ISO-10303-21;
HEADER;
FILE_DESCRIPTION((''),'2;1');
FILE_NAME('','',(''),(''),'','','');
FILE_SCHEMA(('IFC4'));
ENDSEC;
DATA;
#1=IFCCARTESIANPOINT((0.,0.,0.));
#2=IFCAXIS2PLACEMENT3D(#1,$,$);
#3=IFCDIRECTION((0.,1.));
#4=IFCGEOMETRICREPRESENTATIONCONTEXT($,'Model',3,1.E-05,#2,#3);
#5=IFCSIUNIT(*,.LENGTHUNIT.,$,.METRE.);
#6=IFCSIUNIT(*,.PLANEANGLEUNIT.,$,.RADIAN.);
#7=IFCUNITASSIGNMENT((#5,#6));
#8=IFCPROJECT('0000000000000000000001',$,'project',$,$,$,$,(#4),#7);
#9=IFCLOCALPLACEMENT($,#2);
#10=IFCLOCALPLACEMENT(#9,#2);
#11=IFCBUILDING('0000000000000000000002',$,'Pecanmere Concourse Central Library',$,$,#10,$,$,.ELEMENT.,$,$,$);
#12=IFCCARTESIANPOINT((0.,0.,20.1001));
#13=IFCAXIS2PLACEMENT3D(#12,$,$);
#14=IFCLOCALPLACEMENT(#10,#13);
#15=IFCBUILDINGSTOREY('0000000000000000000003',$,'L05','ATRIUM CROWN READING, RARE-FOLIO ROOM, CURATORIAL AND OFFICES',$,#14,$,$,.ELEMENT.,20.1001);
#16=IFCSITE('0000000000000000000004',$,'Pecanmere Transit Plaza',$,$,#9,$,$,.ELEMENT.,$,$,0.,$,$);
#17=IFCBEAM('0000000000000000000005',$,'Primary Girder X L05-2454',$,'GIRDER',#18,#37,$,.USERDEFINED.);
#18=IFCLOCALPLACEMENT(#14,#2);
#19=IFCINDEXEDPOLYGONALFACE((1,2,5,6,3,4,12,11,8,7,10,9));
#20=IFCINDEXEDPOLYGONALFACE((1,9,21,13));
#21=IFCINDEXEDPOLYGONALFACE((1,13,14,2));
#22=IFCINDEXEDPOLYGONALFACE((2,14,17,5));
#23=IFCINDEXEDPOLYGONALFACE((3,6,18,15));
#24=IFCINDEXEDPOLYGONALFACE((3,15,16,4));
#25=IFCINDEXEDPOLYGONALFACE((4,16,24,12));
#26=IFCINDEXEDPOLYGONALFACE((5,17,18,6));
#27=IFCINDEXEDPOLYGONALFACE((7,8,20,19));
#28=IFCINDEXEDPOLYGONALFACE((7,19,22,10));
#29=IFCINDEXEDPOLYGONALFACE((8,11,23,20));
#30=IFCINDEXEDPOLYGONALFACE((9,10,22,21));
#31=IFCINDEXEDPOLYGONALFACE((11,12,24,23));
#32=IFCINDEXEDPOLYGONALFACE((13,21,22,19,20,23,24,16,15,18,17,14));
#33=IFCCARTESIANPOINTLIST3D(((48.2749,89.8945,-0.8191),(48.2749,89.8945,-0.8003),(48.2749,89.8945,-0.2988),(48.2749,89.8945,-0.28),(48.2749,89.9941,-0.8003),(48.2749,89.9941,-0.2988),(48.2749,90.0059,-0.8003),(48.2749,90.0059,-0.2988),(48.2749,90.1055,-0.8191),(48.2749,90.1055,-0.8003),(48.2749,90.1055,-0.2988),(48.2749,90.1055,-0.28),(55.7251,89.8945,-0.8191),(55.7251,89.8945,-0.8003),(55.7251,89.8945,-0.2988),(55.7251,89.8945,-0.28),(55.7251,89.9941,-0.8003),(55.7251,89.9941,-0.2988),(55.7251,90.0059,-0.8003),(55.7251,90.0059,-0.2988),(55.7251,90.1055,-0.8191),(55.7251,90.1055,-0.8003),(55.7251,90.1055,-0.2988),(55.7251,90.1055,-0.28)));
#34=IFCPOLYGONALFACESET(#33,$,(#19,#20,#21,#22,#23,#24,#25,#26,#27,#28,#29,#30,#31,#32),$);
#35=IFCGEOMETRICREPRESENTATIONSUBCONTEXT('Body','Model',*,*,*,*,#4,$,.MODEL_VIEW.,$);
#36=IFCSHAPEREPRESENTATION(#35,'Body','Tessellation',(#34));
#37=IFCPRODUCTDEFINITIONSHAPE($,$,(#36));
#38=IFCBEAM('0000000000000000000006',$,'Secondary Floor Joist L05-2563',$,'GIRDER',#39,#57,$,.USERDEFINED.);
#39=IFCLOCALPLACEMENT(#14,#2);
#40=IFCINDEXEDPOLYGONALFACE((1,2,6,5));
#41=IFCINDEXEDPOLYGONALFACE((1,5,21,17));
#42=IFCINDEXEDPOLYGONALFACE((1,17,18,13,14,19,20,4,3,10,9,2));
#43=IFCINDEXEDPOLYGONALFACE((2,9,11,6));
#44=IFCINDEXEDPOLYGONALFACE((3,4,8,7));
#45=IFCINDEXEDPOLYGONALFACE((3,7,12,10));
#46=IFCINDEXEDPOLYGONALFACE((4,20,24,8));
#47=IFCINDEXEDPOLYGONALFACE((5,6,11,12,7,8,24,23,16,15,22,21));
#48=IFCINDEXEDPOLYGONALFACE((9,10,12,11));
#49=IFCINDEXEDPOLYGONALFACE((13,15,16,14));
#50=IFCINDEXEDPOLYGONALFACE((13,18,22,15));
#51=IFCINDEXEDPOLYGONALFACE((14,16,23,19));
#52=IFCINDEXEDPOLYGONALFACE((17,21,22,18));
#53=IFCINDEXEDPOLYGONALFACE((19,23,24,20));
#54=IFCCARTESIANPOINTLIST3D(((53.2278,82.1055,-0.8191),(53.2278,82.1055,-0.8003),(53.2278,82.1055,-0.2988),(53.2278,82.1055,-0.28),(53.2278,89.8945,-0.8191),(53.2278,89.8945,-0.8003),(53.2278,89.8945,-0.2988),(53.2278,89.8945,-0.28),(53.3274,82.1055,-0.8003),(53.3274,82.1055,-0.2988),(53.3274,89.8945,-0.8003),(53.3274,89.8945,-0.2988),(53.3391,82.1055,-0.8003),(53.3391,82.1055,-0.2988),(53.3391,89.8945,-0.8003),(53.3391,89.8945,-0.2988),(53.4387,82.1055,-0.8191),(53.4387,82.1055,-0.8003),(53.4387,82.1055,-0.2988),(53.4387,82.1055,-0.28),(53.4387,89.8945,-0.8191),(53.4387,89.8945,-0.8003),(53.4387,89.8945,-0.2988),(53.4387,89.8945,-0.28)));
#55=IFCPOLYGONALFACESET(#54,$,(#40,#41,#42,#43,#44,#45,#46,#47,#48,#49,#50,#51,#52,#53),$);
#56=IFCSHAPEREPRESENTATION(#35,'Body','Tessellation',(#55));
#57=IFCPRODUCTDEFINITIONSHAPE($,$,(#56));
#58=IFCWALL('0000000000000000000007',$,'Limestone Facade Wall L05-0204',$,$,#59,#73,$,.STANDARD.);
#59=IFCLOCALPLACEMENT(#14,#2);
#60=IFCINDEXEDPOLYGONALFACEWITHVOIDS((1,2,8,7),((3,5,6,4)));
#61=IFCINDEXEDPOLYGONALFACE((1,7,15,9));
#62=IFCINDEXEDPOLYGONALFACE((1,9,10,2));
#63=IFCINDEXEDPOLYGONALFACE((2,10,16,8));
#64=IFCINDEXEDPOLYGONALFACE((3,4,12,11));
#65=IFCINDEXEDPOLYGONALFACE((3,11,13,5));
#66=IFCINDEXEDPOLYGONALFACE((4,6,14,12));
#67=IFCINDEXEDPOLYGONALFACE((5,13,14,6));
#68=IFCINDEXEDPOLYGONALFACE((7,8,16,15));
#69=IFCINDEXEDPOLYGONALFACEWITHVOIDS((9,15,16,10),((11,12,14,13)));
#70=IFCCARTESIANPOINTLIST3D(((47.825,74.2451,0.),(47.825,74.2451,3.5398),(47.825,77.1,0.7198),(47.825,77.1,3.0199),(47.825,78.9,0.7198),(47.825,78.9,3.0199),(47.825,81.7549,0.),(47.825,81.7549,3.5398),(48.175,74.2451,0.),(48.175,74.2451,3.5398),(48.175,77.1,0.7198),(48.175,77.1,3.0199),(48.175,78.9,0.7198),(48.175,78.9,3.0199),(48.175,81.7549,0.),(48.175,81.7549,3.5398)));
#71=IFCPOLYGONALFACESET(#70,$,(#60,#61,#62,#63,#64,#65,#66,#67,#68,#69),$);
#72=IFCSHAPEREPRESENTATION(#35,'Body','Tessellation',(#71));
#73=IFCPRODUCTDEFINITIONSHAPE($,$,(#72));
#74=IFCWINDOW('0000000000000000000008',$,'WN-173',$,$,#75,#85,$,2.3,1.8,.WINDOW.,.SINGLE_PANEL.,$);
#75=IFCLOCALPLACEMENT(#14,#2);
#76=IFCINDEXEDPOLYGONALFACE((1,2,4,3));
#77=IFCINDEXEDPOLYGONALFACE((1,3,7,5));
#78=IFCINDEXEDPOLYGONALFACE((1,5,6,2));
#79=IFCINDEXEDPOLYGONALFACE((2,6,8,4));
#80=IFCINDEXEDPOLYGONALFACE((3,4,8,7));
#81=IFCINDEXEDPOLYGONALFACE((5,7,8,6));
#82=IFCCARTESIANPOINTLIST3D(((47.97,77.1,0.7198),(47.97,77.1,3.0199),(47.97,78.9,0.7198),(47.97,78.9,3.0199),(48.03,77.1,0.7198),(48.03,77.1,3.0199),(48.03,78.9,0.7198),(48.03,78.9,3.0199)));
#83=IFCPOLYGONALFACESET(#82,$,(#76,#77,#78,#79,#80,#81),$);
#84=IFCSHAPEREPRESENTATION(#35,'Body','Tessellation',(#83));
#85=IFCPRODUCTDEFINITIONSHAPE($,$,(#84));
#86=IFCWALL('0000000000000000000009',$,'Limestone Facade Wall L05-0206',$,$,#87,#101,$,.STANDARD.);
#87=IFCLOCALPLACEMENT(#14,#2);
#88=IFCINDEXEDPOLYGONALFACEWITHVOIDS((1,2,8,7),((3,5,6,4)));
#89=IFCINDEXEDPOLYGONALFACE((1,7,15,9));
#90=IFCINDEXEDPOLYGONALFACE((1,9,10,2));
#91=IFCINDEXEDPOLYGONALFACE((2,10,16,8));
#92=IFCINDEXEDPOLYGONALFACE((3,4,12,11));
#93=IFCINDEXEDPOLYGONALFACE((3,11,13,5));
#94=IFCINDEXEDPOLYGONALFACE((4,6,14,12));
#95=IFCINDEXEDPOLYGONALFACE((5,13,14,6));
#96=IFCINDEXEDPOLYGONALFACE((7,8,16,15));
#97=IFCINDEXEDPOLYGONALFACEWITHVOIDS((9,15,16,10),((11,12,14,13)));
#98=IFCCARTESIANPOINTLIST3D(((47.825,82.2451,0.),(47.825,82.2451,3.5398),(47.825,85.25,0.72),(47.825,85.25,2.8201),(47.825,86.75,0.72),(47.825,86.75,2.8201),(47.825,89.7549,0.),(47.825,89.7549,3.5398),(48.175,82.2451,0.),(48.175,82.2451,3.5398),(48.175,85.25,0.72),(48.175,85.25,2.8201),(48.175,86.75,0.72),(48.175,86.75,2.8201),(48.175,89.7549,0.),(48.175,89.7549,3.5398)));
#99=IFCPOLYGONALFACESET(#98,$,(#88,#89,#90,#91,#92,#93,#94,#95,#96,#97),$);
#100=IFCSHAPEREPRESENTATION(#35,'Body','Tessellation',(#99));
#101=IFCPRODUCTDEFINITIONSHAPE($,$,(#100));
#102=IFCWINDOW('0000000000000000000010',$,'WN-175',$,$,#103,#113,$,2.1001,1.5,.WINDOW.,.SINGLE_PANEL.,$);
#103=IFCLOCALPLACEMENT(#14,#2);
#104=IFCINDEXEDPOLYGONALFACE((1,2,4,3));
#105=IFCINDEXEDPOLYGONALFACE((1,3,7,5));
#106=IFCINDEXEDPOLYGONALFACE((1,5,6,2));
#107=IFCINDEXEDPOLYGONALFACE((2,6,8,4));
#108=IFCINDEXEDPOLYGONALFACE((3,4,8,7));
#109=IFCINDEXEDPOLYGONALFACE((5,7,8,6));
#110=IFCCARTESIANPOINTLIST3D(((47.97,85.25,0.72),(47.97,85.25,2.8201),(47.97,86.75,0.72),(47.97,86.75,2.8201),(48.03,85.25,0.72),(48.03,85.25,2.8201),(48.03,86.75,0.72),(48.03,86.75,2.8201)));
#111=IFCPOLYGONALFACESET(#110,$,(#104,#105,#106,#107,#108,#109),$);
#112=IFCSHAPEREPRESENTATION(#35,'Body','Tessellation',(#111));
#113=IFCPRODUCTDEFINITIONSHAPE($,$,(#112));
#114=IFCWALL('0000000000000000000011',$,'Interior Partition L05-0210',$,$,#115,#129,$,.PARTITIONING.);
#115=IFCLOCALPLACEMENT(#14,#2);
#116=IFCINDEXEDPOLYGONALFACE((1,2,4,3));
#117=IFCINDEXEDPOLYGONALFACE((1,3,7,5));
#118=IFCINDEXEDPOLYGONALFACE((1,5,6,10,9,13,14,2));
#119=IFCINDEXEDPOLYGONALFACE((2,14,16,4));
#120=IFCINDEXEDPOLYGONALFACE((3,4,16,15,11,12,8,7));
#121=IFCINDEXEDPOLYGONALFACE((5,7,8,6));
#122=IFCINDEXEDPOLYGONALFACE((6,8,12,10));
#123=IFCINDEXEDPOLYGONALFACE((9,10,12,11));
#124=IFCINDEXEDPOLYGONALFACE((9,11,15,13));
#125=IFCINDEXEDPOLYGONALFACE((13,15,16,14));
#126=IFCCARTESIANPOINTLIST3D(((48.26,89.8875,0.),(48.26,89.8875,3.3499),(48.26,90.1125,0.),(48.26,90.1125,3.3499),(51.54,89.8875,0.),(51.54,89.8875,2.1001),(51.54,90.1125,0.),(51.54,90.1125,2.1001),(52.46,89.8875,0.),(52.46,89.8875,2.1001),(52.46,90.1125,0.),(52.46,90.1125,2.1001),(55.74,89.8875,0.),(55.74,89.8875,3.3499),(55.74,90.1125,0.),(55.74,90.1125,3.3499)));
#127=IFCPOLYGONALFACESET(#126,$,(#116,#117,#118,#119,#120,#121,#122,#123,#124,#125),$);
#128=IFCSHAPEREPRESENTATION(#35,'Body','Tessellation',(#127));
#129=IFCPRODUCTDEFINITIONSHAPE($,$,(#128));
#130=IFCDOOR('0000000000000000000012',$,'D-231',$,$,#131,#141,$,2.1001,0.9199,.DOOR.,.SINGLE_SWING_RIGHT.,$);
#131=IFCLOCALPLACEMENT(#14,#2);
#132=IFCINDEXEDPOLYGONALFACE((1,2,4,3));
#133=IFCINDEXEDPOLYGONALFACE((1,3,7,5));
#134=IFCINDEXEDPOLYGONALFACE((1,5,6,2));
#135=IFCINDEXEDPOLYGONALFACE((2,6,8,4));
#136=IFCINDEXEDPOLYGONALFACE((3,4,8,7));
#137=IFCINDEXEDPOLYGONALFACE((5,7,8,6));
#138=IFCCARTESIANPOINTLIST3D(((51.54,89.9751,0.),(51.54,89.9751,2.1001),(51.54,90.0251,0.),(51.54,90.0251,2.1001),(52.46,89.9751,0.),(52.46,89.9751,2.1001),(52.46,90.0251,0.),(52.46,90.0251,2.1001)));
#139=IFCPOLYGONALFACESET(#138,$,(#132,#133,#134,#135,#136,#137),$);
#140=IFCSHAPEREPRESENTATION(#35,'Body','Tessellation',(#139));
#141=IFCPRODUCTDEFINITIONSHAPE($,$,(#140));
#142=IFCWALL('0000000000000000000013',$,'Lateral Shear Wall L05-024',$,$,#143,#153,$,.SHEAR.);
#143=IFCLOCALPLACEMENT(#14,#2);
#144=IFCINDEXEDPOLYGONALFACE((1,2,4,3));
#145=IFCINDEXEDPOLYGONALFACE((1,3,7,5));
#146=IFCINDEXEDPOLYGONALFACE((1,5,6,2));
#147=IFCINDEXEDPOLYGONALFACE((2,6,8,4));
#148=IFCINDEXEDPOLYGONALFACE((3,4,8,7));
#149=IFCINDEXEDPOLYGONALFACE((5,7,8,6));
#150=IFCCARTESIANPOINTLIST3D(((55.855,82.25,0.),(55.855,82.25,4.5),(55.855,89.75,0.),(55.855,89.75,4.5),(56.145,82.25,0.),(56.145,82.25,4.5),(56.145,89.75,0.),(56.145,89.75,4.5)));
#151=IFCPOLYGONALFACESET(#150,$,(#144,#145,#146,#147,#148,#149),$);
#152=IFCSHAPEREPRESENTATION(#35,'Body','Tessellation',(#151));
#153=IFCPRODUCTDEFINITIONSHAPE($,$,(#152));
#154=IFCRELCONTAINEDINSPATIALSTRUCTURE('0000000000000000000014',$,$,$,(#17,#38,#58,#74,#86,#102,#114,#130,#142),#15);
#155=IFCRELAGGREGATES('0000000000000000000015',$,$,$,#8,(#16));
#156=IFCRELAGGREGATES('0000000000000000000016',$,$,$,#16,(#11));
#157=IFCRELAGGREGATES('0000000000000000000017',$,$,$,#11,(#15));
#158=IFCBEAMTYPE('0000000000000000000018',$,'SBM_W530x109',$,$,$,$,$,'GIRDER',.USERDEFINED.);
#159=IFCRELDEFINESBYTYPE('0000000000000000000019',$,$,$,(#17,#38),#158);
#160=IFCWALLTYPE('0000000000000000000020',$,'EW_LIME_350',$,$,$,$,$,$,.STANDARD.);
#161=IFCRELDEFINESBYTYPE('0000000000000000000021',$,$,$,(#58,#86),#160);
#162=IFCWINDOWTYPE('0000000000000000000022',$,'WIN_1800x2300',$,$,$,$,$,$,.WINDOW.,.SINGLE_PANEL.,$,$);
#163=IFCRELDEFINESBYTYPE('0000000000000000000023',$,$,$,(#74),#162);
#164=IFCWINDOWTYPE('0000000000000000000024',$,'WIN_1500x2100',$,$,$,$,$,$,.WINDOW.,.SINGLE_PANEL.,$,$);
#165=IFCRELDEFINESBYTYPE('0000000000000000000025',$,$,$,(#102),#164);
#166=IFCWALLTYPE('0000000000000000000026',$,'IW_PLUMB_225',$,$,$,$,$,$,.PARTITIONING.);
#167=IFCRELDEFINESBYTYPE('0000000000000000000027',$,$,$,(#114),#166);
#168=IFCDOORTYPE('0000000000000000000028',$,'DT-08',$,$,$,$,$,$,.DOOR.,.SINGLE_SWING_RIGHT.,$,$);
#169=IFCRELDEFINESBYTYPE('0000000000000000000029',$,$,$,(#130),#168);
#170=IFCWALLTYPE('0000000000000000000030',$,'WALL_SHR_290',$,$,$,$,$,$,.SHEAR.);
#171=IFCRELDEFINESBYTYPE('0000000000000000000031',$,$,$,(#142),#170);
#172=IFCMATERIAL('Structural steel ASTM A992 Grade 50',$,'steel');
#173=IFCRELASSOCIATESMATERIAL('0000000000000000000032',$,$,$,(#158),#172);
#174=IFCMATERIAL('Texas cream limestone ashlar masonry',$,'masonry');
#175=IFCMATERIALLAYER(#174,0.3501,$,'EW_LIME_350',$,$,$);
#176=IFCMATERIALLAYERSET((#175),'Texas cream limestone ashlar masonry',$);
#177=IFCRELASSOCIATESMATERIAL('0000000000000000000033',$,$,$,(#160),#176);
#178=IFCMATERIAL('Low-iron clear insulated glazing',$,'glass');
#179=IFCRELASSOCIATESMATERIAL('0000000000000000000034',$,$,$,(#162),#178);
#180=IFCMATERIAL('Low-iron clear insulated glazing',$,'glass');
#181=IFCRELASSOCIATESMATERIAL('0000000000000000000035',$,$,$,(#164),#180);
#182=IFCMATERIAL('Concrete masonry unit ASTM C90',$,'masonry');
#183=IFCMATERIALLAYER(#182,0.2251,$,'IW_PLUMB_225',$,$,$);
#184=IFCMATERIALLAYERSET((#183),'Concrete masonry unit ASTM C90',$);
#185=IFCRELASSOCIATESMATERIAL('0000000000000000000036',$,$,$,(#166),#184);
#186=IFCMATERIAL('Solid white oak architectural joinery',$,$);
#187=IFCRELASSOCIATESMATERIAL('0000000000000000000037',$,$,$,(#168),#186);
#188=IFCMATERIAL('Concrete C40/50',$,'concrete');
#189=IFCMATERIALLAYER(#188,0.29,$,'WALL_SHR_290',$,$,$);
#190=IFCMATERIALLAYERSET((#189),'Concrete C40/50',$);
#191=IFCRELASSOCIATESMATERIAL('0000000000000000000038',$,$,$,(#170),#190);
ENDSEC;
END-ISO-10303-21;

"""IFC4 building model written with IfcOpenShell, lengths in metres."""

from ifc_helpers import new_model, si_unit, direction, frame, frame_2d, origin, origin_2d, place, context, subcontext, project, spatial, rectangle, i_section, extrude, material, layer, layer_set, material_profile, profile_set, type_object, element, fill, save


model = new_model("IFC4")

# Units and contexts
model_context = context("Model", 3, precision=1e-05, world=origin(), true_north=direction((0.0, 1.0)))
body_context = subcontext(model_context, "Body", "Model", "MODEL_VIEW")
ifc_project = project(units=[si_unit("LENGTHUNIT", "METRE"), si_unit("PLANEANGLEUNIT", "RADIAN")], contexts=[model_context])

# Site, building, storey
site_placement = place(None, origin())
site = spatial("IfcSite", under=ifc_project, at=site_placement, Name="Pecanmere Transit Plaza", CompositionType="ELEMENT", RefElevation=0.0)
building_placement = place(site_placement, origin())
building = spatial("IfcBuilding", under=site, at=building_placement, Name="Pecanmere Concourse Central Library", CompositionType="ELEMENT")
storey_placement = place(building_placement, frame((0.0, 0.0, 20.1001)))
storey = spatial("IfcBuildingStorey", under=building, at=storey_placement, Name="L05", Description="ATRIUM CROWN READING, RARE-FOLIO ROOM, CURATORIAL AND OFFICES", CompositionType="ELEMENT", Elevation=20.1001)

# Beams
ifc_material_1 = material(Name="Structural steel ASTM A992 Grade 50", Category="steel")
ifc_material_profile_1 = material_profile(ifc_material_1, i_section(OverallWidth=0.2109, OverallDepth=0.5391, WebThickness=0.0117, FlangeThickness=0.0188, at=origin_2d()), Name="W530x109")
ifc_profile_set_1 = profile_set([ifc_material_profile_1], Name="Structural steel ASTM A992 Grade 50")
beam_type_1 = type_object("IfcBeamType", Name="SBM_W530x109", ElementType="GIRDER", PredefinedType="USERDEFINED", material=ifc_profile_set_1)
for number, where, z_axis, x_axis, name in (
    (1, (48.2749, 90.0, -0.5496), (1.0, 0.0, 0.0), (0.0, 1.0, 0.0), "Primary Girder X L05-2454"),
):
    element("IfcBeam", number, at=place(storey_placement, frame(where, z_axis=z_axis, x_axis=x_axis)), inside=storey, type_object=beam_type_1, Name=name, ObjectType="GIRDER", PredefinedType="USERDEFINED", context=body_context, shape_type="SweptSolid", body=[
        extrude(i_section(OverallWidth=0.2109, OverallDepth=0.5391, WebThickness=0.0117, FlangeThickness=0.0188, at=origin_2d()), origin(), (0.0, 0.0, 1.0), 7.4502),
    ])
beam_1_placement = place(storey_placement, frame((53.3333, 82.1055, -0.5496), z_axis=(0.0, 1.0, 0.0), x_axis=(-1.0, 0.0, 0.0)))
element("IfcBeam", 2, at=beam_1_placement, inside=storey, type_object=beam_type_1, Name="Secondary Floor Joist L05-2563", ObjectType="GIRDER", PredefinedType="USERDEFINED", context=body_context, shape_type="SweptSolid", body=[
    extrude(i_section(OverallWidth=0.2109, OverallDepth=0.5391, WebThickness=0.0117, FlangeThickness=0.0188, at=origin_2d()), origin(), (0.0, 0.0, 1.0), 7.7891),
])

# Walls, openings, windows
ifc_material_2 = material(Name="Texas cream limestone ashlar masonry", Category="masonry")
ifc_layer_1 = layer(ifc_material_2, 0.3501, Name="EW_LIME_350")
ifc_layer_set_1 = layer_set([ifc_layer_1], Name="Texas cream limestone ashlar masonry")
wall_type_1 = type_object("IfcWallType", Name="EW_LIME_350", PredefinedType="STANDARD", material=ifc_layer_set_1)
wall_1_placement = place(storey_placement, frame((48.0, 81.7549, 0.0), z_axis=(0.0, 0.0, 1.0), x_axis=(0.0, -1.0, 0.0)))
wall_1 = element("IfcWall", 3, at=wall_1_placement, inside=storey, type_object=wall_type_1, Name="Limestone Facade Wall L05-0204", PredefinedType="STANDARD", context=body_context, shape_type="SweptSolid", body=[
    extrude(rectangle(XDim=7.5098, YDim=0.3501, at=frame_2d((3.7549, 0.0))), origin(), (0.0, 0.0, 1.0), 3.5398),
])
opening_1_placement = place(wall_1_placement, frame((2.855, 0.0, 0.72)))
opening_1 = element("IfcOpeningElement", 4, at=opening_1_placement, cuts=wall_1, PredefinedType="OPENING", context=body_context, shape_type="SweptSolid", body=[
    extrude(rectangle(XDim=1.8, YDim=2.3, at=frame_2d((0.8999, 1.1499))), frame((0.0, 0.187, 0.0), z_axis=(0.0, -1.0, 0.0), x_axis=(1.0, 0.0, 0.0)), (0.0, 0.0, 1.0), 0.374),
])
ifc_material_3 = material(Name="Low-iron clear insulated glazing", Category="glass")
window_type_1 = type_object("IfcWindowType", Name="WIN_1800x2300", PartitioningType="SINGLE_PANEL", PredefinedType="WINDOW", material=ifc_material_3)
window_1_placement = place(opening_1_placement, origin())
window_1 = element("IfcWindow", 5, at=window_1_placement, inside=storey, type_object=window_type_1, Name="WN-173", OverallHeight=2.3, OverallWidth=1.8, PartitioningType="SINGLE_PANEL", PredefinedType="WINDOW", context=body_context, shape_type="SweptSolid", body=[
    extrude(rectangle(XDim=1.8, YDim=2.3, at=frame_2d((0.8999, 1.1499))), frame((0.0, 0.03, 0.0), z_axis=(0.0, -1.0, 0.0), x_axis=(1.0, 0.0, 0.0)), (0.0, 0.0, 1.0), 0.0601),
])
fill(opening_1, window_1)
wall_2_placement = place(storey_placement, frame((48.0, 89.7549, 0.0), z_axis=(0.0, 0.0, 1.0), x_axis=(0.0, -1.0, 0.0)))
wall_2 = element("IfcWall", 6, at=wall_2_placement, inside=storey, type_object=wall_type_1, Name="Limestone Facade Wall L05-0206", PredefinedType="STANDARD", context=body_context, shape_type="SweptSolid", body=[
    extrude(rectangle(XDim=7.5098, YDim=0.3501, at=frame_2d((3.7549, 0.0))), origin(), (0.0, 0.0, 1.0), 3.5398),
])
opening_2_placement = place(wall_2_placement, frame((3.0049, 0.0, 0.72)))
opening_2 = element("IfcOpeningElement", 7, at=opening_2_placement, cuts=wall_2, PredefinedType="OPENING", context=body_context, shape_type="SweptSolid", body=[
    extrude(rectangle(XDim=1.5, YDim=2.1001, at=frame_2d((0.75, 1.05))), frame((0.0, 0.187, 0.0), z_axis=(0.0, -1.0, 0.0), x_axis=(1.0, 0.0, 0.0)), (0.0, 0.0, 1.0), 0.374),
])
ifc_material_4 = material(Name="Low-iron clear insulated glazing", Category="glass")
window_type_2 = type_object("IfcWindowType", Name="WIN_1500x2100", PartitioningType="SINGLE_PANEL", PredefinedType="WINDOW", material=ifc_material_4)
window_2_placement = place(opening_2_placement, origin())
window_2 = element("IfcWindow", 8, at=window_2_placement, inside=storey, type_object=window_type_2, Name="WN-175", OverallHeight=2.1001, OverallWidth=1.5, PartitioningType="SINGLE_PANEL", PredefinedType="WINDOW", context=body_context, shape_type="SweptSolid", body=[
    extrude(rectangle(XDim=1.5, YDim=2.1001, at=frame_2d((0.75, 1.05))), frame((0.0, 0.03, 0.0), z_axis=(0.0, -1.0, 0.0), x_axis=(1.0, 0.0, 0.0)), (0.0, 0.0, 1.0), 0.0601),
])
fill(opening_2, window_2)

# Wall, opening, door
ifc_material_5 = material(Name="Concrete masonry unit ASTM C90", Category="masonry")
ifc_layer_2 = layer(ifc_material_5, 0.2251, Name="IW_PLUMB_225")
ifc_layer_set_2 = layer_set([ifc_layer_2], Name="Concrete masonry unit ASTM C90")
wall_type_2 = type_object("IfcWallType", Name="IW_PLUMB_225", PredefinedType="PARTITIONING", material=ifc_layer_set_2)
wall_3_placement = place(storey_placement, frame((48.26, 90.0, 0.0), z_axis=(0.0, 0.0, 1.0), x_axis=(1.0, 0.0, 0.0)))
wall_3 = element("IfcWall", 9, at=wall_3_placement, inside=storey, type_object=wall_type_2, Name="Interior Partition L05-0210", PredefinedType="PARTITIONING", context=body_context, shape_type="SweptSolid", body=[
    extrude(rectangle(XDim=7.48, YDim=0.2251, at=frame_2d((3.74, 0.0))), origin(), (0.0, 0.0, 1.0), 3.3499),
])
opening_3_placement = place(wall_3_placement, frame((3.28, 0.0, 0.0)))
opening_3 = element("IfcOpeningElement", 10, at=opening_3_placement, cuts=wall_3, PredefinedType="OPENING", context=body_context, shape_type="SweptSolid", body=[
    extrude(rectangle(XDim=0.9199, YDim=2.1001, at=frame_2d((0.46, 1.05))), frame((0.0, 0.1245, 0.0), z_axis=(0.0, -1.0, 0.0), x_axis=(1.0, 0.0, 0.0)), (0.0, 0.0, 1.0), 0.249),
])
ifc_material_6 = material(Name="Solid white oak architectural joinery")
door_type = type_object("IfcDoorType", Name="DT-08", OperationType="SINGLE_SWING_RIGHT", PredefinedType="DOOR", material=ifc_material_6)
door_placement = place(opening_3_placement, frame((0.9199, 0.0, 0.0), z_axis=(0.0, 0.0, 1.0), x_axis=(-1.0, 0.0, 0.0)))
door = element("IfcDoor", 11, at=door_placement, inside=storey, type_object=door_type, Name="D-231", OperationType="SINGLE_SWING_RIGHT", OverallHeight=2.1001, OverallWidth=0.9199, PredefinedType="DOOR", context=body_context, shape_type="SweptSolid", body=[
    extrude(rectangle(XDim=0.9199, YDim=2.1001, at=frame_2d((0.46, 1.05))), frame((0.0, 0.0249, 0.0), z_axis=(0.0, -1.0, 0.0), x_axis=(1.0, 0.0, 0.0)), (0.0, 0.0, 1.0), 0.05),
])
fill(opening_3, door)

# Wall
ifc_material_7 = material(Name="Concrete C40/50", Category="concrete")
ifc_layer_3 = layer(ifc_material_7, 0.29, Name="WALL_SHR_290")
ifc_layer_set_3 = layer_set([ifc_layer_3], Name="Concrete C40/50")
wall_type_3 = type_object("IfcWallType", Name="WALL_SHR_290", PredefinedType="SHEAR", material=ifc_layer_set_3)
wall_4_placement = place(storey_placement, frame((56.0, 82.25, 0.0), z_axis=(0.0, 0.0, 1.0), x_axis=(0.0, 1.0, 0.0)))
element("IfcWall", 12, at=wall_4_placement, inside=storey, type_object=wall_type_3, Name="Lateral Shear Wall L05-024", PredefinedType="SHEAR", context=body_context, shape_type="SweptSolid", body=[
    extrude(rectangle(XDim=7.5, YDim=0.29, at=frame_2d((3.75, 0.0))), origin(), (0.0, 0.0, 1.0), 4.5),
])

save(model, "model.ifc")
